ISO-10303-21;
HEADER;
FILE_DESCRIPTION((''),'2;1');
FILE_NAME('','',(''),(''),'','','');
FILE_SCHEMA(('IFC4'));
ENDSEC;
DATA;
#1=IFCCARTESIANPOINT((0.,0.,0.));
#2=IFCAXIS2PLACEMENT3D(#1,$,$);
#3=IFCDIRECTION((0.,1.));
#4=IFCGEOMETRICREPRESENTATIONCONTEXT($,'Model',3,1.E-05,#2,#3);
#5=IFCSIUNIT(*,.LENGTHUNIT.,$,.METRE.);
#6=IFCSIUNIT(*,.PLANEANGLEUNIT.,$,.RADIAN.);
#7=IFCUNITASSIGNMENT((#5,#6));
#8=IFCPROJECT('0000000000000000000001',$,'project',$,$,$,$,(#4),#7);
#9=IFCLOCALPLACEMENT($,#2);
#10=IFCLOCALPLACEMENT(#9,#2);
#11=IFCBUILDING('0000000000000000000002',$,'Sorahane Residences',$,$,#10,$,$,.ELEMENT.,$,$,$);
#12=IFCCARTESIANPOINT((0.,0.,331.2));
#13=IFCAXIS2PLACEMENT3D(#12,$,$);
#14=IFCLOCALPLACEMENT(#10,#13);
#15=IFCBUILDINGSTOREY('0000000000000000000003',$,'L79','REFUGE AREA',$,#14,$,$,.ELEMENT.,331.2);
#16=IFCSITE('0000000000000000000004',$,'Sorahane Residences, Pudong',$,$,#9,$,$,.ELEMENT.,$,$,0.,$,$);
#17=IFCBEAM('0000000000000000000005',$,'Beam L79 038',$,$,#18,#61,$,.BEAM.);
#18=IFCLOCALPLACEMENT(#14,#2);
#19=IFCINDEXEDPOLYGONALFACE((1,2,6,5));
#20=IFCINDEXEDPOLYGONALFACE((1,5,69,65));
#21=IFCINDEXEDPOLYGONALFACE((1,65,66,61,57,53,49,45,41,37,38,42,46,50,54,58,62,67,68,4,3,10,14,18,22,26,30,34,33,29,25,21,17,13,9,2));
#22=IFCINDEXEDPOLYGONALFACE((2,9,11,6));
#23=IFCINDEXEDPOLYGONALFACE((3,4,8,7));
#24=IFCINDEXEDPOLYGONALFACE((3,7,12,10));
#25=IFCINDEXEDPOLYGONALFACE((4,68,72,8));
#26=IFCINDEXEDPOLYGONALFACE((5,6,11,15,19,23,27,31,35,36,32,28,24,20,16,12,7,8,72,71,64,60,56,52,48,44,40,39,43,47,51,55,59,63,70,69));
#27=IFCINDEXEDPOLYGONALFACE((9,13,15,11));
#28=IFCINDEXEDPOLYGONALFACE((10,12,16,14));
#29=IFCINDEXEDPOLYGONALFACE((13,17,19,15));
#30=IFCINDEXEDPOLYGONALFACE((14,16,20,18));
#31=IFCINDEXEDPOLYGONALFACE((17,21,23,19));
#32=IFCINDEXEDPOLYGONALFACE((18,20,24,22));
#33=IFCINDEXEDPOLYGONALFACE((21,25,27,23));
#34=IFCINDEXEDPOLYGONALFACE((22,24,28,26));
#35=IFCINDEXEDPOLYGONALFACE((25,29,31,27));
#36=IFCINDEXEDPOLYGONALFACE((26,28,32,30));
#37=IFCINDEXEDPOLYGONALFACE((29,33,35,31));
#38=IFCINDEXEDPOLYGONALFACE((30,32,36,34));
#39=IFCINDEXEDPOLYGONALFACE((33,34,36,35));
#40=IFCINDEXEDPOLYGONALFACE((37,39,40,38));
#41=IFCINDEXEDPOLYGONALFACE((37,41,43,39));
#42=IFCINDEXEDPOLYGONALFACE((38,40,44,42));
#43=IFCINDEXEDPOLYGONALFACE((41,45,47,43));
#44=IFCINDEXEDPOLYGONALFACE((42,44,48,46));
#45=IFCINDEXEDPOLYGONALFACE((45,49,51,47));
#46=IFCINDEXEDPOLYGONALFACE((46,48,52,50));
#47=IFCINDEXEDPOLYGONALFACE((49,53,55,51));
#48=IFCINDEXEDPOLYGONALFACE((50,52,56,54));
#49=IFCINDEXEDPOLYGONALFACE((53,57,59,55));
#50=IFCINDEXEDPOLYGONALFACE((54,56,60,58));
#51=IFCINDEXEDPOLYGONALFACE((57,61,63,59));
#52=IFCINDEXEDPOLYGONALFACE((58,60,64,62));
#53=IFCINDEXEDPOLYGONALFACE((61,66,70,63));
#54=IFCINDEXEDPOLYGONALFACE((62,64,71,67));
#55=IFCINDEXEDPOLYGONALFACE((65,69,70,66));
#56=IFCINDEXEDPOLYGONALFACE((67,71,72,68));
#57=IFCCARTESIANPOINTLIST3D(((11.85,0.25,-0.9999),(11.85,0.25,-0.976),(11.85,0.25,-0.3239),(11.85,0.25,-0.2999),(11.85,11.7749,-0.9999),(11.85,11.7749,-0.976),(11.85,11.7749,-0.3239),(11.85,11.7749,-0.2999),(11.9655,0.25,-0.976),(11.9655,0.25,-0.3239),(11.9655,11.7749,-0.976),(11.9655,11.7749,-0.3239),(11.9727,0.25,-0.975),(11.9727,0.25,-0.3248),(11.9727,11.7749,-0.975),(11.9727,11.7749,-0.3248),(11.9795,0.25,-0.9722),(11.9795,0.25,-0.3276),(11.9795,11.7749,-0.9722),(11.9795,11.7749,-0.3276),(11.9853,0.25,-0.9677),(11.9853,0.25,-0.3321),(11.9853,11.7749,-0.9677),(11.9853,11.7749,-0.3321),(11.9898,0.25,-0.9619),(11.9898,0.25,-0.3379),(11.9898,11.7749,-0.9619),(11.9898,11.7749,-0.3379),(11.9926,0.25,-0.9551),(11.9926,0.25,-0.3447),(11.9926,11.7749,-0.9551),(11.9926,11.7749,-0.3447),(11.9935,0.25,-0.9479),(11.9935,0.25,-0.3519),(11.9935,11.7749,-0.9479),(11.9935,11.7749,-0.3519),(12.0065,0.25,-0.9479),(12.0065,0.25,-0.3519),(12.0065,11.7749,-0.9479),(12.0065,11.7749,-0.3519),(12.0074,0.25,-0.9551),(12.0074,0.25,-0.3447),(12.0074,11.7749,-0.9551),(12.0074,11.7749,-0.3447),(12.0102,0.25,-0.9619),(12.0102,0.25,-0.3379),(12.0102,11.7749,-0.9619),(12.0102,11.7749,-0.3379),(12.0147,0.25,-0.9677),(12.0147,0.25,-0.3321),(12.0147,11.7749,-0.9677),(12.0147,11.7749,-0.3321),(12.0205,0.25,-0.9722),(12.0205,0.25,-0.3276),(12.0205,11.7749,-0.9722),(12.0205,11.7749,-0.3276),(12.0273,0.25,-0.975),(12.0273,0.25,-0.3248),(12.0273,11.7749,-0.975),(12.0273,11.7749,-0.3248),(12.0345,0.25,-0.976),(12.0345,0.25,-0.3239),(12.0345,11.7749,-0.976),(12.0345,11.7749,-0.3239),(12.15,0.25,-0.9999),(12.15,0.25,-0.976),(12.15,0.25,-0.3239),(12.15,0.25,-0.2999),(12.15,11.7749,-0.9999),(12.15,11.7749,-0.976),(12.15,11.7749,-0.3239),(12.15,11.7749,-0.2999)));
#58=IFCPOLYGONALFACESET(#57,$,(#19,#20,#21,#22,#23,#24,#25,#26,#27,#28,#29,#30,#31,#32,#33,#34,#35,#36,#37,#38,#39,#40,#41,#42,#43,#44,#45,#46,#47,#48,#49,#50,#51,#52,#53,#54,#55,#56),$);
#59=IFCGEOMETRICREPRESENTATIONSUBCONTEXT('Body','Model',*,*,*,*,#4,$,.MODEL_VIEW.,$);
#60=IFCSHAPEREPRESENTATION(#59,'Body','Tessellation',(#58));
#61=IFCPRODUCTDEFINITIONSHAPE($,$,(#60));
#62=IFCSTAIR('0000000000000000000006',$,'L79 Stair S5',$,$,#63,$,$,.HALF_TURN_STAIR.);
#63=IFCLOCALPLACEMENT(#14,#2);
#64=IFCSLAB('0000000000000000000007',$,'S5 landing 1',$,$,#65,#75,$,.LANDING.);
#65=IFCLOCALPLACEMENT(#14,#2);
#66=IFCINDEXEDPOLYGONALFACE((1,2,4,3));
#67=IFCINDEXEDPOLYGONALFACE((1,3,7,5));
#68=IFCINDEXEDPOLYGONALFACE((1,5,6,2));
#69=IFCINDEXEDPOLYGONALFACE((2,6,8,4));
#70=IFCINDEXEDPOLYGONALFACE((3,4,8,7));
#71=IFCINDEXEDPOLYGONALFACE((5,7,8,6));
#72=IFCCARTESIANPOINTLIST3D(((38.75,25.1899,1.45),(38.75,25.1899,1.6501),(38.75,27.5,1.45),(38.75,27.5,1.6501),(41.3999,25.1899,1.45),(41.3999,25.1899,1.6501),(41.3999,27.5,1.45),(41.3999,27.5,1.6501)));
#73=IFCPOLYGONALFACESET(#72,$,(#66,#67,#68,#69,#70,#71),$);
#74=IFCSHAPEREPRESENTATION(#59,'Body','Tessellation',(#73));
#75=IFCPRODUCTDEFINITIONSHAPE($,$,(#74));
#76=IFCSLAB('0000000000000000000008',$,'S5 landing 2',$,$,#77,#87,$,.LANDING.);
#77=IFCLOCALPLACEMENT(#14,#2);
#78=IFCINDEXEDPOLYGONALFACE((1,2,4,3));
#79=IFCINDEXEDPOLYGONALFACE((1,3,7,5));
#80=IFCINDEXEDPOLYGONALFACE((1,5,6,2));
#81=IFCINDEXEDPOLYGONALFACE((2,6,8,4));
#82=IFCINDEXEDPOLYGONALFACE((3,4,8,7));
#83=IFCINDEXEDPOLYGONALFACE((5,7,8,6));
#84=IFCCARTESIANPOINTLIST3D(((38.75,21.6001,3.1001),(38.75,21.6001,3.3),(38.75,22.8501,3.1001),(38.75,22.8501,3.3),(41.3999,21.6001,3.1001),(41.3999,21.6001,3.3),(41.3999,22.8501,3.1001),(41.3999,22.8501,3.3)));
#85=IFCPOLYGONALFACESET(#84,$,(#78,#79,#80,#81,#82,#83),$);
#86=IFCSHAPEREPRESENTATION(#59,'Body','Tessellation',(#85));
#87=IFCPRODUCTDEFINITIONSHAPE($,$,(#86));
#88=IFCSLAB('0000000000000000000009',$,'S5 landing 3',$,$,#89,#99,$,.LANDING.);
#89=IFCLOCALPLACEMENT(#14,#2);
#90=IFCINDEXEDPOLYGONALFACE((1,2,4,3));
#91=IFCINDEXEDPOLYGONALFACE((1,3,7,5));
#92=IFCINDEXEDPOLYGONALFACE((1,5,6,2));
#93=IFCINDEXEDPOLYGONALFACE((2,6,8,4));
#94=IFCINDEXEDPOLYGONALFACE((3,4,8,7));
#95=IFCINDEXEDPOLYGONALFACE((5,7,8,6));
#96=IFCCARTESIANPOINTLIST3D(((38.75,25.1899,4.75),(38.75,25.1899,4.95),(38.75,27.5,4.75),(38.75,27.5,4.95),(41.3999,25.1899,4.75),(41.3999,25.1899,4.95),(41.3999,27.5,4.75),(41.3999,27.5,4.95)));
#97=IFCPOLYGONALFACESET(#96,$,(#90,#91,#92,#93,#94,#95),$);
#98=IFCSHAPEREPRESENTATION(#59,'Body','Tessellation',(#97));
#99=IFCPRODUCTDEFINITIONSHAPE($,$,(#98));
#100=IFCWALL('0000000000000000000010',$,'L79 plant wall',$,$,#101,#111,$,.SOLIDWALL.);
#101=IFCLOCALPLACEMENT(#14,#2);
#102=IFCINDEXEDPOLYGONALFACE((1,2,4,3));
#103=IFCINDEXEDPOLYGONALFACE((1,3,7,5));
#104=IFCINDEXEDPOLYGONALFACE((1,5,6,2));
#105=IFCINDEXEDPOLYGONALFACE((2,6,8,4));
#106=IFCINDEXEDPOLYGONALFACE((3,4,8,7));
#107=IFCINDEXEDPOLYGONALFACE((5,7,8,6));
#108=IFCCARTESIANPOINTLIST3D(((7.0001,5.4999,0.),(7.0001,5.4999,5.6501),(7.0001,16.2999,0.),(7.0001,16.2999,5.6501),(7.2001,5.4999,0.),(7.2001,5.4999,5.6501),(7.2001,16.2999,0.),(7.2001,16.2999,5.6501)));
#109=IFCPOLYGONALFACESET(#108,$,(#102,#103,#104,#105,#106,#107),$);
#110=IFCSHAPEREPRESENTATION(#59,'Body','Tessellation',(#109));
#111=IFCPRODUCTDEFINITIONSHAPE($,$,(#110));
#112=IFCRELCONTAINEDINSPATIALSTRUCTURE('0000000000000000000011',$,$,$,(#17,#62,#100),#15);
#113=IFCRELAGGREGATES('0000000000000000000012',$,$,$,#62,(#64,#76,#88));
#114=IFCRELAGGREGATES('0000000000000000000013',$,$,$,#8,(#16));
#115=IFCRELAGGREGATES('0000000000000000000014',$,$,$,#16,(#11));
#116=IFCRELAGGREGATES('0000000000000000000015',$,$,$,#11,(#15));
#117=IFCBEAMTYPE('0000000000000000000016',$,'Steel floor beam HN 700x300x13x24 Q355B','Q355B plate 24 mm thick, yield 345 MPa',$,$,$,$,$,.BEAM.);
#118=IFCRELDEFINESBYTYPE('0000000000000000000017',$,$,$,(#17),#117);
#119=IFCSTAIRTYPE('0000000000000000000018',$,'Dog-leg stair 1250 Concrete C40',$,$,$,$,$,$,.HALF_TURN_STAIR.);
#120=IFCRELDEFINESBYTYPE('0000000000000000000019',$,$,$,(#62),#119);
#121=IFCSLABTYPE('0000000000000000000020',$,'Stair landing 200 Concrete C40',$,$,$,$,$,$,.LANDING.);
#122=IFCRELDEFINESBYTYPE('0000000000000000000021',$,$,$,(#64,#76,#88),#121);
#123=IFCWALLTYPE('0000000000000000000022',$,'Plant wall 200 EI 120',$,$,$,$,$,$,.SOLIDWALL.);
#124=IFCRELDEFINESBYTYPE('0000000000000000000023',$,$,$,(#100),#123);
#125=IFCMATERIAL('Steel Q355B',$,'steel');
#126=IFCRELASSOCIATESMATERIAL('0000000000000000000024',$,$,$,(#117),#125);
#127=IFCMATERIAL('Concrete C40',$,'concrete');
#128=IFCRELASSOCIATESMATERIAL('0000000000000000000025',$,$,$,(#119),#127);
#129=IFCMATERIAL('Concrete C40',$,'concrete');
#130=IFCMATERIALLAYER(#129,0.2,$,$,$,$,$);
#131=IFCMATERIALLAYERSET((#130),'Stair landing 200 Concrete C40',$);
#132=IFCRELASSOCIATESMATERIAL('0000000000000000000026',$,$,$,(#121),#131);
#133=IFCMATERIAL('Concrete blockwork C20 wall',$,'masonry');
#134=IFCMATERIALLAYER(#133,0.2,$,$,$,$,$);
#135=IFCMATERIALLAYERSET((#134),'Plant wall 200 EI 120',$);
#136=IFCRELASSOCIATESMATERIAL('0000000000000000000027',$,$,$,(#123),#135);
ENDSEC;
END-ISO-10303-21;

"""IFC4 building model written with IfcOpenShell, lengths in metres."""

from ifc_helpers import new_model, si_unit, direction, frame, frame_2d, origin, origin_2d, place, context, subcontext, project, spatial, polyline, rectangle, i_section, outline, extrude, material, layer, layer_set, material_profile, profile_set, type_object, element, aggregate, save


model = new_model("IFC4")

# Units and contexts
model_context = context("Model", 3, precision=1e-05, world=origin(), true_north=direction((0.0, 1.0)))
body_context = subcontext(model_context, "Body", "Model", "MODEL_VIEW")
ifc_project = project(units=[si_unit("LENGTHUNIT", "METRE"), si_unit("PLANEANGLEUNIT", "RADIAN")], contexts=[model_context])

# Site, building, storey
site_placement = place(None, origin())
site = spatial("IfcSite", under=ifc_project, at=site_placement, Name="Sorahane Residences, Pudong", CompositionType="ELEMENT", RefElevation=0.0)
building_placement = place(site_placement, origin())
building = spatial("IfcBuilding", under=site, at=building_placement, Name="Sorahane Residences", CompositionType="ELEMENT")
storey_placement = place(building_placement, frame((0.0, 0.0, 331.2)))
storey = spatial("IfcBuildingStorey", under=building, at=storey_placement, Name="L79", Description="REFUGE AREA", CompositionType="ELEMENT", Elevation=331.2)

# Beam
ifc_material_1 = material(Name="Steel Q355B", Category="steel")
ifc_material_profile_1 = material_profile(ifc_material_1, i_section(OverallWidth=0.3, OverallDepth=0.7, WebThickness=0.0129, FlangeThickness=0.0239, FilletRadius=0.0281, at=origin_2d()), Name="HN 700x300x13x24")
ifc_profile_set_1 = profile_set([ifc_material_profile_1], Name="Steel Q355B")
beam_type_1 = type_object("IfcBeamType", Name="Steel floor beam HN 700x300x13x24 Q355B", Description="Q355B plate 24 mm thick, yield 345 MPa", PredefinedType="BEAM", material=ifc_profile_set_1)
beam_1_placement = place(storey_placement, frame((12.0, 0.25, -0.6499), z_axis=(0.0, 1.0, 0.0), x_axis=(-1.0, 0.0, 0.0)))
element("IfcBeam", 1, at=beam_1_placement, inside=storey, type_object=beam_type_1, Name="Beam L79 038", PredefinedType="BEAM", context=body_context, shape_type="SweptSolid", body=[
    extrude(i_section(OverallWidth=0.3, OverallDepth=0.7, WebThickness=0.0129, FlangeThickness=0.0239, FilletRadius=0.0281, at=origin_2d()), origin(), (0.0, 0.0, 1.0), 11.5249),
])

# Stair, slabs
ifc_material_2 = material(Name="Concrete C40", Category="concrete")
stair_type = type_object("IfcStairType", Name="Dog-leg stair 1250 Concrete C40", PredefinedType="HALF_TURN_STAIR", material=ifc_material_2)
stair_placement = place(storey_placement, origin())
stair = element("IfcStair", 2, at=stair_placement, inside=storey, type_object=stair_type, Name="L79 Stair S5", PredefinedType="HALF_TURN_STAIR")
ifc_material_3 = material(Name="Concrete C40", Category="concrete")
ifc_layer_1 = layer(ifc_material_3, 0.2)
ifc_layer_set_1 = layer_set([ifc_layer_1], Name="Stair landing 200 Concrete C40")
slab_type = type_object("IfcSlabType", Name="Stair landing 200 Concrete C40", PredefinedType="LANDING", material=ifc_layer_set_1)
slab_1_placement = place(storey_placement, frame((0.0, 0.0, 1.45)))
slab_1 = element("IfcSlab", 3, at=slab_1_placement, type_object=slab_type, Name="S5 landing 1", PredefinedType="LANDING", context=body_context, shape_type="SweptSolid", body=[
    extrude(outline(polyline([(41.3999, 25.1899), (41.3999, 27.5), (38.75, 27.5), (38.75, 25.1899), (41.3999, 25.1899)])), origin(), (0.0, 0.0, 1.0), 0.2002),
])
slab_2_placement = place(storey_placement, frame((0.0, 0.0, 3.1001)))
slab_2 = element("IfcSlab", 4, at=slab_2_placement, type_object=slab_type, Name="S5 landing 2", PredefinedType="LANDING", context=body_context, shape_type="SweptSolid", body=[
    extrude(outline(polyline([(41.3999, 21.6001), (41.3999, 22.8501), (38.75, 22.8501), (38.75, 21.6001), (41.3999, 21.6001)])), origin(), (0.0, 0.0, 1.0), 0.2),
])
slab_3_placement = place(storey_placement, frame((0.0, 0.0, 4.75)))
slab_3 = element("IfcSlab", 5, at=slab_3_placement, type_object=slab_type, Name="S5 landing 3", PredefinedType="LANDING", context=body_context, shape_type="SweptSolid", body=[
    extrude(outline(polyline([(41.3999, 25.1899), (41.3999, 27.5), (38.75, 27.5), (38.75, 25.1899), (41.3999, 25.1899)])), origin(), (0.0, 0.0, 1.0), 0.2),
])
aggregate(stair, [slab_1, slab_2, slab_3])

# Wall
ifc_material_4 = material(Name="Concrete blockwork C20 wall", Category="masonry")
ifc_layer_2 = layer(ifc_material_4, 0.2)
ifc_layer_set_2 = layer_set([ifc_layer_2], Name="Plant wall 200 EI 120")
wall_type = type_object("IfcWallType", Name="Plant wall 200 EI 120", PredefinedType="SOLIDWALL", material=ifc_layer_set_2)
wall_placement = place(storey_placement, frame((7.1001, 5.5, 0.0), z_axis=(0.0, 0.0, 1.0), x_axis=(0.0, 1.0, 0.0)))
element("IfcWall", 6, at=wall_placement, inside=storey, type_object=wall_type, Name="L79 plant wall", PredefinedType="SOLIDWALL", context=body_context, shape_type="SweptSolid", body=[
    extrude(rectangle(XDim=10.8, YDim=0.2, at=frame_2d((5.3999, 0.0))), origin(), (0.0, 0.0, 1.0), 5.6501),
])

save(model, "model.ifc")
